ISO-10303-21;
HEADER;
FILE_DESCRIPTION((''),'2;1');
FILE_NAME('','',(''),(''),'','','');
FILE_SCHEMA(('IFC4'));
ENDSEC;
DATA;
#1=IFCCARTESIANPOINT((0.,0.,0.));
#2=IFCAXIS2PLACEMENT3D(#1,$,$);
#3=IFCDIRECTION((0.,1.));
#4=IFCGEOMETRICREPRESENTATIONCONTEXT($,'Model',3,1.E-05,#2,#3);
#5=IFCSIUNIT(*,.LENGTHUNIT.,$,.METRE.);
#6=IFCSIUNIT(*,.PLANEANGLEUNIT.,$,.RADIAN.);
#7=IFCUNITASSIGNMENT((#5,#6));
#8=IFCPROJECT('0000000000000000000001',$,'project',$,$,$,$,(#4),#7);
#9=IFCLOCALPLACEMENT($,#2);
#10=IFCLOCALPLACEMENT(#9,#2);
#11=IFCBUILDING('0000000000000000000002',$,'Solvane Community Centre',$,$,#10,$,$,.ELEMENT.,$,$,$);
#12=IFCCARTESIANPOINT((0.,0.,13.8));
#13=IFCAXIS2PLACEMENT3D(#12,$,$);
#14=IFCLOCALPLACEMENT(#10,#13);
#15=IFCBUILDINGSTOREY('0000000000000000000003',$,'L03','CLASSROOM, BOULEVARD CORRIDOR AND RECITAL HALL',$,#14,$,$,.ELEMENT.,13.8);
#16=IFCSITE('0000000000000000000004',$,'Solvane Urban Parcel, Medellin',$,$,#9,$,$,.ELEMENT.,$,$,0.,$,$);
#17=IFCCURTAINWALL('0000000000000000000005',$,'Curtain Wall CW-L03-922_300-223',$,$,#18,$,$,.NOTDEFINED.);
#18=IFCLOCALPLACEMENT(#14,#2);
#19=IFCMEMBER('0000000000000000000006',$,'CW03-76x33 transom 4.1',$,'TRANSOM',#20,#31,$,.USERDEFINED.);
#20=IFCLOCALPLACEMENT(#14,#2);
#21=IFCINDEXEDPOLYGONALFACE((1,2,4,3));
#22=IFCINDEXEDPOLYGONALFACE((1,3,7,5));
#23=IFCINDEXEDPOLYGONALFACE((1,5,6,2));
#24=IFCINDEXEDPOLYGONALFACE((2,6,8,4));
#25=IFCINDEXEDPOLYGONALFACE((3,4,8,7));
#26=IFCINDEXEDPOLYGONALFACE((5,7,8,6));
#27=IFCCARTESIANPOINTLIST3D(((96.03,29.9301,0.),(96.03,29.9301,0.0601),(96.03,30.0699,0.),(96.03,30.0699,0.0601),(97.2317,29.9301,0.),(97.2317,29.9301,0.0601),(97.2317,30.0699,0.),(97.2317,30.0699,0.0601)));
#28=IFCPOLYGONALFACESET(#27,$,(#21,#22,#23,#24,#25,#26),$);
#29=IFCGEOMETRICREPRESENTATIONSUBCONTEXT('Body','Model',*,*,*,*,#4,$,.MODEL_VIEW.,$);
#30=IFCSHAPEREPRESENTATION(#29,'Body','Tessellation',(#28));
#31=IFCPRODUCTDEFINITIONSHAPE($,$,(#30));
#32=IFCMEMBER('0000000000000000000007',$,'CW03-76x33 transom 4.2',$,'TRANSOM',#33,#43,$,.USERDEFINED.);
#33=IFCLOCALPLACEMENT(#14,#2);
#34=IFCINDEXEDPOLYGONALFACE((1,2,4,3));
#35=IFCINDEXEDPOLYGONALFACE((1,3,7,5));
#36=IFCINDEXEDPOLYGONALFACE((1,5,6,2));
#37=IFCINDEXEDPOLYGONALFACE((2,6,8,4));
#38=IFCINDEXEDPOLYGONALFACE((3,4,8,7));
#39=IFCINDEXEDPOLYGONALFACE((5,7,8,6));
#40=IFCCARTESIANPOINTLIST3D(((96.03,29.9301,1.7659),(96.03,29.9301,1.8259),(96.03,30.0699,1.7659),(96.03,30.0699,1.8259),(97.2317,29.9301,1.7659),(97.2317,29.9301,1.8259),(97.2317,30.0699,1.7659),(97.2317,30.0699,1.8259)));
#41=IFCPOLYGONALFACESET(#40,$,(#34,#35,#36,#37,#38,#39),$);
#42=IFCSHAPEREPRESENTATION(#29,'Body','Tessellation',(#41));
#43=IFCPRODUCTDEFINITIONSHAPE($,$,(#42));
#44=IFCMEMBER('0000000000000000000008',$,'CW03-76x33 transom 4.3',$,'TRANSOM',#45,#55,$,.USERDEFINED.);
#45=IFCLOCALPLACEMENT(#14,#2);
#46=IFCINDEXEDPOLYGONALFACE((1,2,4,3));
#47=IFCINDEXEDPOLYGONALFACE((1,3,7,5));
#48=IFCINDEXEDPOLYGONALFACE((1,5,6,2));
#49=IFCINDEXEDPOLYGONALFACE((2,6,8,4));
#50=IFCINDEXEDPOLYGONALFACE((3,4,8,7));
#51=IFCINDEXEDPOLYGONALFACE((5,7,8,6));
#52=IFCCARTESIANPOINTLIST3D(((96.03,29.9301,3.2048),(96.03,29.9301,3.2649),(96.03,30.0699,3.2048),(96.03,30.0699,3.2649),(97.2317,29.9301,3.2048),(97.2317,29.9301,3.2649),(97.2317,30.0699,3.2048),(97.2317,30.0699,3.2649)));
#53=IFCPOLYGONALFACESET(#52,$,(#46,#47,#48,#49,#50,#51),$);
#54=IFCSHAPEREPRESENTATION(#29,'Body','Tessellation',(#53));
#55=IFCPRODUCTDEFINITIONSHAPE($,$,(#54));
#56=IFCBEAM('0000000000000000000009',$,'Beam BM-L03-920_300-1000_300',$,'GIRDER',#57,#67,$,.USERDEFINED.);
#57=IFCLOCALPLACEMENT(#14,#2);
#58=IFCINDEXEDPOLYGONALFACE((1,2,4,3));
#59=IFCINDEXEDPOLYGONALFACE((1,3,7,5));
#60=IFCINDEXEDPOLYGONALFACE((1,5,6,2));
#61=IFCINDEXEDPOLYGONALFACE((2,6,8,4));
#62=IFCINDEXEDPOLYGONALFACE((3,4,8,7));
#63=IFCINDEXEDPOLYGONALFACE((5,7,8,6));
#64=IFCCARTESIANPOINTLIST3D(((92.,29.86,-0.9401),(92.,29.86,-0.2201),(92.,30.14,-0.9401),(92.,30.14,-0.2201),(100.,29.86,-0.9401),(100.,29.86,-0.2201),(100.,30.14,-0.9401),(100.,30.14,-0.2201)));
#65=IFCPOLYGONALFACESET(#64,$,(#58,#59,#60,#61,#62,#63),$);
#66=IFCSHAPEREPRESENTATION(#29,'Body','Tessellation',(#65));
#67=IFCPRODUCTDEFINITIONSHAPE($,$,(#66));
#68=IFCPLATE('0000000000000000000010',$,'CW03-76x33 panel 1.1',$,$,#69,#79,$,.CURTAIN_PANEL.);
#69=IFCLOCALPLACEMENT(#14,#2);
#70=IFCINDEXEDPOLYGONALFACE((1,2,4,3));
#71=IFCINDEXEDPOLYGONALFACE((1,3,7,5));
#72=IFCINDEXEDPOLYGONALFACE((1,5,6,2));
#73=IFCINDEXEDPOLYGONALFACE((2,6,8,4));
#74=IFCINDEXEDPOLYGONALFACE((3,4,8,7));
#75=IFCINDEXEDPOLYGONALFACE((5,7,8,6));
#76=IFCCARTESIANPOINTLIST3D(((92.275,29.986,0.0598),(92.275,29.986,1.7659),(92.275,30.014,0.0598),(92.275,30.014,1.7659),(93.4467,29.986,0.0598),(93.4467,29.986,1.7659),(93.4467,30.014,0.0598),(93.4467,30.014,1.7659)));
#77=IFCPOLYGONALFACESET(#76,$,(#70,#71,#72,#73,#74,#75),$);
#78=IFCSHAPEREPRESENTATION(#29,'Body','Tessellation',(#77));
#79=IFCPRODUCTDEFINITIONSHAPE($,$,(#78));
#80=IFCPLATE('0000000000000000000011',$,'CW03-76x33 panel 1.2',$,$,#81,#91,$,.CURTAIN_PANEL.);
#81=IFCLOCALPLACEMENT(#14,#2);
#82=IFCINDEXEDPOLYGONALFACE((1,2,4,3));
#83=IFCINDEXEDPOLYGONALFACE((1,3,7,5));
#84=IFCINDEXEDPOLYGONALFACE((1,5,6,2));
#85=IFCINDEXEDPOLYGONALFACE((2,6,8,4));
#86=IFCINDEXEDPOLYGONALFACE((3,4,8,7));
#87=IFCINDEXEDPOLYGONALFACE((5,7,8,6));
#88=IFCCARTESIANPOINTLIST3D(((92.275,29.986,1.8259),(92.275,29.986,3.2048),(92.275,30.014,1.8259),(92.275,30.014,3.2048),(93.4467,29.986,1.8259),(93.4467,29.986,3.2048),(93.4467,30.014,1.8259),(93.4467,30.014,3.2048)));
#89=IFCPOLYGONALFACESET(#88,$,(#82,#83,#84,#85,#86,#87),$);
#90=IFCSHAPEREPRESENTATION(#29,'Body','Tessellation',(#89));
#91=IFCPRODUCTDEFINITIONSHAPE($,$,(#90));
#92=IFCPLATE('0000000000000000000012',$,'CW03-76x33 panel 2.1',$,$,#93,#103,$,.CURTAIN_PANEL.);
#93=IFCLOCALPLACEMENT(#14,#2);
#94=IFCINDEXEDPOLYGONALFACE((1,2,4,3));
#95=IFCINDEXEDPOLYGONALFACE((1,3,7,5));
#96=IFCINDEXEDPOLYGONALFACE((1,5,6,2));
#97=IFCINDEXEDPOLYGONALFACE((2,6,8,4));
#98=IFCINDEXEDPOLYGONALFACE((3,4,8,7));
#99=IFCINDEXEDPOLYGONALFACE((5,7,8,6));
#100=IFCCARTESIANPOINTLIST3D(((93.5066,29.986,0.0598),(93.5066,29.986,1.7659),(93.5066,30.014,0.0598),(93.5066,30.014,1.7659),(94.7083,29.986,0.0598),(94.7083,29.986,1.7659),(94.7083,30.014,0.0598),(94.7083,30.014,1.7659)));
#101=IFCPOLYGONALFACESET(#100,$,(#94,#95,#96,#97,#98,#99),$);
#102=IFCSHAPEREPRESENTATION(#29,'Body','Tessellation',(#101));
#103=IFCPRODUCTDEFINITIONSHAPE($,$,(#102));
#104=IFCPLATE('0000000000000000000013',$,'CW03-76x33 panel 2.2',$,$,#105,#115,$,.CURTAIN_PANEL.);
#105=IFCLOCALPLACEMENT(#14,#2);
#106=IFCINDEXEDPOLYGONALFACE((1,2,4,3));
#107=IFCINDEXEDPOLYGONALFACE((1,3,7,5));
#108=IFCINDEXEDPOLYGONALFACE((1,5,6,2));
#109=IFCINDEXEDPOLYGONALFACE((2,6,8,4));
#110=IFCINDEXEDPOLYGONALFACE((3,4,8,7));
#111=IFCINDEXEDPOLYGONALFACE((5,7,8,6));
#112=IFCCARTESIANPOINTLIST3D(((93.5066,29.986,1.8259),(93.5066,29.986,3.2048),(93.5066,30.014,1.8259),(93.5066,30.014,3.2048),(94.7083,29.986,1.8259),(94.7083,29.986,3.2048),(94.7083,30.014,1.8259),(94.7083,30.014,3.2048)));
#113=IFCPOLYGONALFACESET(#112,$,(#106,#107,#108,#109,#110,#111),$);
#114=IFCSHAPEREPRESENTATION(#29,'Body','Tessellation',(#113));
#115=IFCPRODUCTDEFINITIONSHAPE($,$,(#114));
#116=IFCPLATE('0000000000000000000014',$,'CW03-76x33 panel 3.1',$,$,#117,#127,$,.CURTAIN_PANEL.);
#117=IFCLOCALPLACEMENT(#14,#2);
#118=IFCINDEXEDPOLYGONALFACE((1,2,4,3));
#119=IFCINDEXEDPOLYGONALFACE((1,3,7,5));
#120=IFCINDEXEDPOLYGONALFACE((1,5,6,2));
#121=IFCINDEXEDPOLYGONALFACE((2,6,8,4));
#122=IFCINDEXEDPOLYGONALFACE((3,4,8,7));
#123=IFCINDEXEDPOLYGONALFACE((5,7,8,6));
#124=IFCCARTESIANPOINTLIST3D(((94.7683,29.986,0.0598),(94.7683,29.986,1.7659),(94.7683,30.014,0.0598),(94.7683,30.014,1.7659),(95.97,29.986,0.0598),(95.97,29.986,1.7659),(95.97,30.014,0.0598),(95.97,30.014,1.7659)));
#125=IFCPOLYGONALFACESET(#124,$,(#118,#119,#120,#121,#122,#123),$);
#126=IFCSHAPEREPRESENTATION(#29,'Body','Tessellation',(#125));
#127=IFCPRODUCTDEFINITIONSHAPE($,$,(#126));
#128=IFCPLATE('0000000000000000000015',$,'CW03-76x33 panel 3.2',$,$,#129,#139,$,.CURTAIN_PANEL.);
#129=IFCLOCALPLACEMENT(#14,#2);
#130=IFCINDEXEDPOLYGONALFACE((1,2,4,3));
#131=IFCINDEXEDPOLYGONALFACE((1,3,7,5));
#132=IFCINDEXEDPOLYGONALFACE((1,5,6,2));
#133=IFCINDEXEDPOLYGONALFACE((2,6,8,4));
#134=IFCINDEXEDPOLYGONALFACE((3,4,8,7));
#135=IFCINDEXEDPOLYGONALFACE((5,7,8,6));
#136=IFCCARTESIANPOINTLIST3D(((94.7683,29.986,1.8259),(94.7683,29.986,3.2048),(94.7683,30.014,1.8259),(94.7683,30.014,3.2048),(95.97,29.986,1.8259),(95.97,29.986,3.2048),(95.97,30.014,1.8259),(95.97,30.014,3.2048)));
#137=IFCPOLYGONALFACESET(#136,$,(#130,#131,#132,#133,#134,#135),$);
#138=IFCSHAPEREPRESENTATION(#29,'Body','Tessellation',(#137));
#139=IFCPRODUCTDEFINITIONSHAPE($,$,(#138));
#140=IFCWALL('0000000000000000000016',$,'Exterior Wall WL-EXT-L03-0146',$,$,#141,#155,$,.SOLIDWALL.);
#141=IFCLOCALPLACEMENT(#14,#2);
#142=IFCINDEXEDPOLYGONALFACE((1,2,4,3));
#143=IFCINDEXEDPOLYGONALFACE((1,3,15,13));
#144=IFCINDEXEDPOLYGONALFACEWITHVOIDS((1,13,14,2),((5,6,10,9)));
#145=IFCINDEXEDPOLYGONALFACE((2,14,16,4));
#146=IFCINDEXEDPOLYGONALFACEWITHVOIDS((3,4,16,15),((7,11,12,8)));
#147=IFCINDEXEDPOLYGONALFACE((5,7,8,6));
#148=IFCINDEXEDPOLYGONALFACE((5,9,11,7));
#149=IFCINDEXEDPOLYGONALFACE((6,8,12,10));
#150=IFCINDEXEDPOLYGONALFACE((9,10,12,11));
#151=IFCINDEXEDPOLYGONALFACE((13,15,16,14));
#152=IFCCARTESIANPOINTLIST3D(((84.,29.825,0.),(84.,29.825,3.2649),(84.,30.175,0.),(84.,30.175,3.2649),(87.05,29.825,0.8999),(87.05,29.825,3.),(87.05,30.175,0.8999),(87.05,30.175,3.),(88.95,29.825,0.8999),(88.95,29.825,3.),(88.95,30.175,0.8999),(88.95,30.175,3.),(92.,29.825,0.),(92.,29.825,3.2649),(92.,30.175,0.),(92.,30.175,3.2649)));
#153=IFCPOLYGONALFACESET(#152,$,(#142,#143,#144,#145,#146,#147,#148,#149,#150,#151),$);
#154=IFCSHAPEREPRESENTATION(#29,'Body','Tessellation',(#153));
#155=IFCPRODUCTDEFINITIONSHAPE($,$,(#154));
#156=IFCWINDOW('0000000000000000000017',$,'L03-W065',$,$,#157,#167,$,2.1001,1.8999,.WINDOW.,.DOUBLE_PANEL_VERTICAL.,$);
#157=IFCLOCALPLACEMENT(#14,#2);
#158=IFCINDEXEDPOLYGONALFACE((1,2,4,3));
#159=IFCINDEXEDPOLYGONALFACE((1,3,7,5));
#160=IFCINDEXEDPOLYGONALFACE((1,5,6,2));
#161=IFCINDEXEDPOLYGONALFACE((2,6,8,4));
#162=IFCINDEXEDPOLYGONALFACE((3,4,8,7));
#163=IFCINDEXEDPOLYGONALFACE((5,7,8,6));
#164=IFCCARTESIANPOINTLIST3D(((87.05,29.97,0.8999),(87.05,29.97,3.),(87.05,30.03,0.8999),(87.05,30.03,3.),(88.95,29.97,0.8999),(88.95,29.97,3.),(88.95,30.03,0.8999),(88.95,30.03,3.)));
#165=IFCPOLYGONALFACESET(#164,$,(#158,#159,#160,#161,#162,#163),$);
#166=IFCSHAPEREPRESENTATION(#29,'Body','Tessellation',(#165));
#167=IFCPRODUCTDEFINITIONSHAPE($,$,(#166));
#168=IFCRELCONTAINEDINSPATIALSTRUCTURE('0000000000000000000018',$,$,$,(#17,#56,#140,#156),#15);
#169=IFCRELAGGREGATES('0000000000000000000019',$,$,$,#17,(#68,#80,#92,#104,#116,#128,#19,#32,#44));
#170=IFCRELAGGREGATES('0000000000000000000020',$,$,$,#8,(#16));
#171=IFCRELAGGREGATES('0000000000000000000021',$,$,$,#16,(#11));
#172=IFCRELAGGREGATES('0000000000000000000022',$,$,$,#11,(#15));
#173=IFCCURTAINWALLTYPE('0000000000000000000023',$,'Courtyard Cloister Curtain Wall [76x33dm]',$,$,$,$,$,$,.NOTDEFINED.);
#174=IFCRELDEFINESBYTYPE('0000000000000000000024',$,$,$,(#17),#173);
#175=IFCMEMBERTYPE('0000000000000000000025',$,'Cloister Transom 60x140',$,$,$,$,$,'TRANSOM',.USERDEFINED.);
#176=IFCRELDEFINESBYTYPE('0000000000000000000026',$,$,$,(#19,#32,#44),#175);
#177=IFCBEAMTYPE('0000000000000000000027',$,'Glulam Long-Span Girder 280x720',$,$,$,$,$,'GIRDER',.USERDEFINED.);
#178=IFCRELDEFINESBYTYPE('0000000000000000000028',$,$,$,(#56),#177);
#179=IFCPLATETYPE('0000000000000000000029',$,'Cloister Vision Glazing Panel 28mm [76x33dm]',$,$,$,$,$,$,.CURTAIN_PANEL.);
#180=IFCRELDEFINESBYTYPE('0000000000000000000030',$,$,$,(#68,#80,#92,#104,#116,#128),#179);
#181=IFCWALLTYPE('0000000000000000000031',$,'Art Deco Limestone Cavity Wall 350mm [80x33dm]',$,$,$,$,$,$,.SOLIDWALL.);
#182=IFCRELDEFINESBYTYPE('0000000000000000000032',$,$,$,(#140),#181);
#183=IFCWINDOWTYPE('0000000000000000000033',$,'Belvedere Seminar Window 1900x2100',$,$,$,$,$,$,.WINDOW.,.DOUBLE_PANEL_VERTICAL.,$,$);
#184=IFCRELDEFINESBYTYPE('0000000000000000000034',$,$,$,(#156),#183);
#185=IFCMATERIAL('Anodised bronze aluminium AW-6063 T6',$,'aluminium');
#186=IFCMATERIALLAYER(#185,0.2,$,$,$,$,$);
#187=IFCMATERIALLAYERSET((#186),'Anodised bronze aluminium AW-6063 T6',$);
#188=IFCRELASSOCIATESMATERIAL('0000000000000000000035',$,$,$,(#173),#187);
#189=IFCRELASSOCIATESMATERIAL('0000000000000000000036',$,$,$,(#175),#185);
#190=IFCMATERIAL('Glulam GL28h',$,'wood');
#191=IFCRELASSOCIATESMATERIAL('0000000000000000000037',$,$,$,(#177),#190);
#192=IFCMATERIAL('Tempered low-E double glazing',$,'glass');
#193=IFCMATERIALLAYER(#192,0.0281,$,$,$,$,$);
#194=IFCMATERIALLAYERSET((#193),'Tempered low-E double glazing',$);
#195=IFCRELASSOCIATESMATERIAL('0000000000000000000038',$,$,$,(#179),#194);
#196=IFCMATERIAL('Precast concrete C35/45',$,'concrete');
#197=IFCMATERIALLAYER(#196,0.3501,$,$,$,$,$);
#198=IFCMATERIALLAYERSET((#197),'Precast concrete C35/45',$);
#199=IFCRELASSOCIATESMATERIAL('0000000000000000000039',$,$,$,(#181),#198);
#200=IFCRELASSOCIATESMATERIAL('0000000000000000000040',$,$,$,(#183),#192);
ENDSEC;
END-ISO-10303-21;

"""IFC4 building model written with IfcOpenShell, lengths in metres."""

from ifc_helpers import new_model, si_unit, direction, frame, frame_2d, origin, origin_2d, place, context, subcontext, project, spatial, rectangle, extrude, material, layer, layer_set, material_profile, profile_set, type_object, element, fill, aggregate, save


model = new_model("IFC4")

# Units and contexts
model_context = context("Model", 3, precision=1e-05, world=origin(), true_north=direction((0.0, 1.0)))
body_context = subcontext(model_context, "Body", "Model", "MODEL_VIEW")
ifc_project = project(units=[si_unit("LENGTHUNIT", "METRE"), si_unit("PLANEANGLEUNIT", "RADIAN")], contexts=[model_context])

# Site, building, storey
site_placement = place(None, origin())
site = spatial("IfcSite", under=ifc_project, at=site_placement, Name="Solvane Urban Parcel, Medellin", CompositionType="ELEMENT", RefElevation=0.0)
building_placement = place(site_placement, origin())
building = spatial("IfcBuilding", under=site, at=building_placement, Name="Solvane Community Centre", CompositionType="ELEMENT")
storey_placement = place(building_placement, frame((0.0, 0.0, 13.8)))
storey = spatial("IfcBuildingStorey", under=building, at=storey_placement, Name="L03", Description="CLASSROOM, BOULEVARD CORRIDOR AND RECITAL HALL", CompositionType="ELEMENT", Elevation=13.8)

# Curtain wall, members
ifc_material_1 = material(Name="Anodised bronze aluminium AW-6063 T6", Category="aluminium")
ifc_layer_1 = layer(ifc_material_1, 0.2)
ifc_layer_set_1 = layer_set([ifc_layer_1], Name="Anodised bronze aluminium AW-6063 T6")
curtain_wall_type = type_object("IfcCurtainWallType", Name="Courtyard Cloister Curtain Wall [76x33dm]", PredefinedType="NOTDEFINED", material=ifc_layer_set_1)
curtain_wall_placement = place(storey_placement, origin())
curtain_wall = element("IfcCurtainWall", 1, at=curtain_wall_placement, inside=storey, type_object=curtain_wall_type, Name="Curtain Wall CW-L03-922_300-223", PredefinedType="NOTDEFINED")
ifc_material_profile_1 = material_profile(ifc_material_1, rectangle(XDim=0.1399, YDim=0.0601, at=origin_2d()), Name="CW-T 60x140")
ifc_profile_set_1 = profile_set([ifc_material_profile_1], Name="Anodised bronze aluminium AW-6063 T6")
member_type_1 = type_object("IfcMemberType", Name="Cloister Transom 60x140", ElementType="TRANSOM", PredefinedType="USERDEFINED", material=ifc_profile_set_1)
member_1_placement = place(storey_placement, frame((96.03, 30.0, 0.03), z_axis=(1.0, 0.0, 0.0), x_axis=(0.0, 1.0, 0.0)))
member_1 = element("IfcMember", 2, at=member_1_placement, type_object=member_type_1, Name="CW03-76x33 transom 4.1", ObjectType="TRANSOM", PredefinedType="USERDEFINED", context=body_context, shape_type="SweptSolid", body=[
    extrude(rectangle(XDim=0.1399, YDim=0.0601, at=origin_2d()), origin(), (0.0, 0.0, 1.0), 1.2017),
])
member_2_placement = place(storey_placement, frame((96.03, 30.0, 1.7959), z_axis=(1.0, 0.0, 0.0), x_axis=(0.0, 1.0, 0.0)))
member_2 = element("IfcMember", 3, at=member_2_placement, type_object=member_type_1, Name="CW03-76x33 transom 4.2", ObjectType="TRANSOM", PredefinedType="USERDEFINED", context=body_context, shape_type="SweptSolid", body=[
    extrude(rectangle(XDim=0.1399, YDim=0.0601, at=origin_2d()), origin(), (0.0, 0.0, 1.0), 1.2017),
])
member_3_placement = place(storey_placement, frame((96.03, 30.0, 3.2349), z_axis=(1.0, 0.0, 0.0), x_axis=(0.0, 1.0, 0.0)))
member_3 = element("IfcMember", 4, at=member_3_placement, type_object=member_type_1, Name="CW03-76x33 transom 4.3", ObjectType="TRANSOM", PredefinedType="USERDEFINED", context=body_context, shape_type="SweptSolid", body=[
    extrude(rectangle(XDim=0.1399, YDim=0.0601, at=origin_2d()), origin(), (0.0, 0.0, 1.0), 1.2017),
])

# Beam
ifc_material_2 = material(Name="Glulam GL28h", Category="wood")
ifc_material_profile_2 = material_profile(ifc_material_2, rectangle(XDim=0.28, YDim=0.72, at=origin_2d()), Name="GL28h 280x720")
ifc_profile_set_2 = profile_set([ifc_material_profile_2], Name="Glulam GL28h")
beam_type = type_object("IfcBeamType", Name="Glulam Long-Span Girder 280x720", ElementType="GIRDER", PredefinedType="USERDEFINED", material=ifc_profile_set_2)
beam_placement = place(storey_placement, frame((92.0, 30.0, -0.5801), z_axis=(1.0, 0.0, 0.0), x_axis=(0.0, 1.0, 0.0)))
element("IfcBeam", 5, at=beam_placement, inside=storey, type_object=beam_type, Name="Beam BM-L03-920_300-1000_300", ObjectType="GIRDER", PredefinedType="USERDEFINED", context=body_context, shape_type="SweptSolid", body=[
    extrude(rectangle(XDim=0.28, YDim=0.72, at=origin_2d()), origin(), (0.0, 0.0, 1.0), 8.0),
])

# Plates
ifc_material_3 = material(Name="Tempered low-E double glazing", Category="glass")
ifc_layer_2 = layer(ifc_material_3, 0.0281)
ifc_layer_set_2 = layer_set([ifc_layer_2], Name="Tempered low-E double glazing")
plate_type = type_object("IfcPlateType", Name="Cloister Vision Glazing Panel 28mm [76x33dm]", PredefinedType="CURTAIN_PANEL", material=ifc_layer_set_2)
plate_1_placement = place(storey_placement, frame((92.8608, 30.0, 0.0598), z_axis=(0.0, 0.0, 1.0), x_axis=(1.0, 0.0, 0.0)))
plate_1 = element("IfcPlate", 6, at=plate_1_placement, type_object=plate_type, Name="CW03-76x33 panel 1.1", PredefinedType="CURTAIN_PANEL", context=body_context, shape_type="SweptSolid", body=[
    extrude(rectangle(XDim=1.1716, YDim=0.0281, at=origin_2d()), origin(), (0.0, 0.0, 1.0), 1.7061),
])
plate_2_placement = place(storey_placement, frame((92.8608, 30.0, 1.8259), z_axis=(0.0, 0.0, 1.0), x_axis=(1.0, 0.0, 0.0)))
plate_2 = element("IfcPlate", 7, at=plate_2_placement, type_object=plate_type, Name="CW03-76x33 panel 1.2", PredefinedType="CURTAIN_PANEL", context=body_context, shape_type="SweptSolid", body=[
    extrude(rectangle(XDim=1.1716, YDim=0.0281, at=origin_2d()), origin(), (0.0, 0.0, 1.0), 1.3789),
])
plate_3_placement = place(storey_placement, frame((94.1074, 30.0, 0.0598), z_axis=(0.0, 0.0, 1.0), x_axis=(1.0, 0.0, 0.0)))
plate_3 = element("IfcPlate", 8, at=plate_3_placement, type_object=plate_type, Name="CW03-76x33 panel 2.1", PredefinedType="CURTAIN_PANEL", context=body_context, shape_type="SweptSolid", body=[
    extrude(rectangle(XDim=1.2017, YDim=0.0281, at=origin_2d()), origin(), (0.0, 0.0, 1.0), 1.7061),
])
plate_4_placement = place(storey_placement, frame((94.1074, 30.0, 1.8259), z_axis=(0.0, 0.0, 1.0), x_axis=(1.0, 0.0, 0.0)))
plate_4 = element("IfcPlate", 9, at=plate_4_placement, type_object=plate_type, Name="CW03-76x33 panel 2.2", PredefinedType="CURTAIN_PANEL", context=body_context, shape_type="SweptSolid", body=[
    extrude(rectangle(XDim=1.2017, YDim=0.0281, at=origin_2d()), origin(), (0.0, 0.0, 1.0), 1.3789),
])
plate_5_placement = place(storey_placement, frame((95.3691, 30.0, 0.0598), z_axis=(0.0, 0.0, 1.0), x_axis=(1.0, 0.0, 0.0)))
plate_5 = element("IfcPlate", 10, at=plate_5_placement, type_object=plate_type, Name="CW03-76x33 panel 3.1", PredefinedType="CURTAIN_PANEL", context=body_context, shape_type="SweptSolid", body=[
    extrude(rectangle(XDim=1.2017, YDim=0.0281, at=origin_2d()), origin(), (0.0, 0.0, 1.0), 1.7061),
])
plate_6_placement = place(storey_placement, frame((95.3691, 30.0, 1.8259), z_axis=(0.0, 0.0, 1.0), x_axis=(1.0, 0.0, 0.0)))
plate_6 = element("IfcPlate", 11, at=plate_6_placement, type_object=plate_type, Name="CW03-76x33 panel 3.2", PredefinedType="CURTAIN_PANEL", context=body_context, shape_type="SweptSolid", body=[
    extrude(rectangle(XDim=1.2017, YDim=0.0281, at=origin_2d()), origin(), (0.0, 0.0, 1.0), 1.3789),
])
aggregate(curtain_wall, [plate_1, plate_2, plate_3, plate_4, plate_5, plate_6, member_1, member_2, member_3])

# Wall, opening, window
ifc_material_4 = material(Name="Precast concrete C35/45", Category="concrete")
ifc_layer_3 = layer(ifc_material_4, 0.3501)
ifc_layer_set_3 = layer_set([ifc_layer_3], Name="Precast concrete C35/45")
wall_type = type_object("IfcWallType", Name="Art Deco Limestone Cavity Wall 350mm [80x33dm]", PredefinedType="SOLIDWALL", material=ifc_layer_set_3)
wall_placement = place(storey_placement, frame((84.0, 30.0, 0.0), z_axis=(0.0, 0.0, 1.0), x_axis=(1.0, 0.0, 0.0)))
wall = element("IfcWall", 12, at=wall_placement, inside=storey, type_object=wall_type, Name="Exterior Wall WL-EXT-L03-0146", PredefinedType="SOLIDWALL", context=body_context, shape_type="SweptSolid", body=[
    extrude(rectangle(XDim=8.0, YDim=0.3501, at=frame_2d((4.0, 0.0))), origin(), (0.0, 0.0, 1.0), 3.2649),
])
opening_placement = place(wall_placement, frame((3.05, 0.0, 0.8999)))
opening = element("IfcOpeningElement", 13, at=opening_placement, cuts=wall, PredefinedType="OPENING", context=body_context, shape_type="SweptSolid", body=[
    extrude(rectangle(XDim=1.8999, YDim=2.1001, at=frame_2d((0.95, 1.05))), frame((0.0, 0.1851, 0.0), z_axis=(0.0, -1.0, 0.0), x_axis=(1.0, 0.0, 0.0)), (0.0, 0.0, 1.0), 0.3701),
])
window_type = type_object("IfcWindowType", Name="Belvedere Seminar Window 1900x2100", PartitioningType="DOUBLE_PANEL_VERTICAL", PredefinedType="WINDOW", material=ifc_material_3)
window_placement = place(opening_placement, origin())
window = element("IfcWindow", 14, at=window_placement, inside=storey, type_object=window_type, Name="L03-W065", OverallHeight=2.1001, OverallWidth=1.8999, PartitioningType="DOUBLE_PANEL_VERTICAL", PredefinedType="WINDOW", context=body_context, shape_type="SweptSolid", body=[
    extrude(rectangle(XDim=1.8999, YDim=2.1001, at=frame_2d((0.95, 1.05))), frame((0.0, 0.03, 0.0), z_axis=(0.0, -1.0, 0.0), x_axis=(1.0, 0.0, 0.0)), (0.0, 0.0, 1.0), 0.0601),
])
fill(opening, window)

save(model, "model.ifc")
